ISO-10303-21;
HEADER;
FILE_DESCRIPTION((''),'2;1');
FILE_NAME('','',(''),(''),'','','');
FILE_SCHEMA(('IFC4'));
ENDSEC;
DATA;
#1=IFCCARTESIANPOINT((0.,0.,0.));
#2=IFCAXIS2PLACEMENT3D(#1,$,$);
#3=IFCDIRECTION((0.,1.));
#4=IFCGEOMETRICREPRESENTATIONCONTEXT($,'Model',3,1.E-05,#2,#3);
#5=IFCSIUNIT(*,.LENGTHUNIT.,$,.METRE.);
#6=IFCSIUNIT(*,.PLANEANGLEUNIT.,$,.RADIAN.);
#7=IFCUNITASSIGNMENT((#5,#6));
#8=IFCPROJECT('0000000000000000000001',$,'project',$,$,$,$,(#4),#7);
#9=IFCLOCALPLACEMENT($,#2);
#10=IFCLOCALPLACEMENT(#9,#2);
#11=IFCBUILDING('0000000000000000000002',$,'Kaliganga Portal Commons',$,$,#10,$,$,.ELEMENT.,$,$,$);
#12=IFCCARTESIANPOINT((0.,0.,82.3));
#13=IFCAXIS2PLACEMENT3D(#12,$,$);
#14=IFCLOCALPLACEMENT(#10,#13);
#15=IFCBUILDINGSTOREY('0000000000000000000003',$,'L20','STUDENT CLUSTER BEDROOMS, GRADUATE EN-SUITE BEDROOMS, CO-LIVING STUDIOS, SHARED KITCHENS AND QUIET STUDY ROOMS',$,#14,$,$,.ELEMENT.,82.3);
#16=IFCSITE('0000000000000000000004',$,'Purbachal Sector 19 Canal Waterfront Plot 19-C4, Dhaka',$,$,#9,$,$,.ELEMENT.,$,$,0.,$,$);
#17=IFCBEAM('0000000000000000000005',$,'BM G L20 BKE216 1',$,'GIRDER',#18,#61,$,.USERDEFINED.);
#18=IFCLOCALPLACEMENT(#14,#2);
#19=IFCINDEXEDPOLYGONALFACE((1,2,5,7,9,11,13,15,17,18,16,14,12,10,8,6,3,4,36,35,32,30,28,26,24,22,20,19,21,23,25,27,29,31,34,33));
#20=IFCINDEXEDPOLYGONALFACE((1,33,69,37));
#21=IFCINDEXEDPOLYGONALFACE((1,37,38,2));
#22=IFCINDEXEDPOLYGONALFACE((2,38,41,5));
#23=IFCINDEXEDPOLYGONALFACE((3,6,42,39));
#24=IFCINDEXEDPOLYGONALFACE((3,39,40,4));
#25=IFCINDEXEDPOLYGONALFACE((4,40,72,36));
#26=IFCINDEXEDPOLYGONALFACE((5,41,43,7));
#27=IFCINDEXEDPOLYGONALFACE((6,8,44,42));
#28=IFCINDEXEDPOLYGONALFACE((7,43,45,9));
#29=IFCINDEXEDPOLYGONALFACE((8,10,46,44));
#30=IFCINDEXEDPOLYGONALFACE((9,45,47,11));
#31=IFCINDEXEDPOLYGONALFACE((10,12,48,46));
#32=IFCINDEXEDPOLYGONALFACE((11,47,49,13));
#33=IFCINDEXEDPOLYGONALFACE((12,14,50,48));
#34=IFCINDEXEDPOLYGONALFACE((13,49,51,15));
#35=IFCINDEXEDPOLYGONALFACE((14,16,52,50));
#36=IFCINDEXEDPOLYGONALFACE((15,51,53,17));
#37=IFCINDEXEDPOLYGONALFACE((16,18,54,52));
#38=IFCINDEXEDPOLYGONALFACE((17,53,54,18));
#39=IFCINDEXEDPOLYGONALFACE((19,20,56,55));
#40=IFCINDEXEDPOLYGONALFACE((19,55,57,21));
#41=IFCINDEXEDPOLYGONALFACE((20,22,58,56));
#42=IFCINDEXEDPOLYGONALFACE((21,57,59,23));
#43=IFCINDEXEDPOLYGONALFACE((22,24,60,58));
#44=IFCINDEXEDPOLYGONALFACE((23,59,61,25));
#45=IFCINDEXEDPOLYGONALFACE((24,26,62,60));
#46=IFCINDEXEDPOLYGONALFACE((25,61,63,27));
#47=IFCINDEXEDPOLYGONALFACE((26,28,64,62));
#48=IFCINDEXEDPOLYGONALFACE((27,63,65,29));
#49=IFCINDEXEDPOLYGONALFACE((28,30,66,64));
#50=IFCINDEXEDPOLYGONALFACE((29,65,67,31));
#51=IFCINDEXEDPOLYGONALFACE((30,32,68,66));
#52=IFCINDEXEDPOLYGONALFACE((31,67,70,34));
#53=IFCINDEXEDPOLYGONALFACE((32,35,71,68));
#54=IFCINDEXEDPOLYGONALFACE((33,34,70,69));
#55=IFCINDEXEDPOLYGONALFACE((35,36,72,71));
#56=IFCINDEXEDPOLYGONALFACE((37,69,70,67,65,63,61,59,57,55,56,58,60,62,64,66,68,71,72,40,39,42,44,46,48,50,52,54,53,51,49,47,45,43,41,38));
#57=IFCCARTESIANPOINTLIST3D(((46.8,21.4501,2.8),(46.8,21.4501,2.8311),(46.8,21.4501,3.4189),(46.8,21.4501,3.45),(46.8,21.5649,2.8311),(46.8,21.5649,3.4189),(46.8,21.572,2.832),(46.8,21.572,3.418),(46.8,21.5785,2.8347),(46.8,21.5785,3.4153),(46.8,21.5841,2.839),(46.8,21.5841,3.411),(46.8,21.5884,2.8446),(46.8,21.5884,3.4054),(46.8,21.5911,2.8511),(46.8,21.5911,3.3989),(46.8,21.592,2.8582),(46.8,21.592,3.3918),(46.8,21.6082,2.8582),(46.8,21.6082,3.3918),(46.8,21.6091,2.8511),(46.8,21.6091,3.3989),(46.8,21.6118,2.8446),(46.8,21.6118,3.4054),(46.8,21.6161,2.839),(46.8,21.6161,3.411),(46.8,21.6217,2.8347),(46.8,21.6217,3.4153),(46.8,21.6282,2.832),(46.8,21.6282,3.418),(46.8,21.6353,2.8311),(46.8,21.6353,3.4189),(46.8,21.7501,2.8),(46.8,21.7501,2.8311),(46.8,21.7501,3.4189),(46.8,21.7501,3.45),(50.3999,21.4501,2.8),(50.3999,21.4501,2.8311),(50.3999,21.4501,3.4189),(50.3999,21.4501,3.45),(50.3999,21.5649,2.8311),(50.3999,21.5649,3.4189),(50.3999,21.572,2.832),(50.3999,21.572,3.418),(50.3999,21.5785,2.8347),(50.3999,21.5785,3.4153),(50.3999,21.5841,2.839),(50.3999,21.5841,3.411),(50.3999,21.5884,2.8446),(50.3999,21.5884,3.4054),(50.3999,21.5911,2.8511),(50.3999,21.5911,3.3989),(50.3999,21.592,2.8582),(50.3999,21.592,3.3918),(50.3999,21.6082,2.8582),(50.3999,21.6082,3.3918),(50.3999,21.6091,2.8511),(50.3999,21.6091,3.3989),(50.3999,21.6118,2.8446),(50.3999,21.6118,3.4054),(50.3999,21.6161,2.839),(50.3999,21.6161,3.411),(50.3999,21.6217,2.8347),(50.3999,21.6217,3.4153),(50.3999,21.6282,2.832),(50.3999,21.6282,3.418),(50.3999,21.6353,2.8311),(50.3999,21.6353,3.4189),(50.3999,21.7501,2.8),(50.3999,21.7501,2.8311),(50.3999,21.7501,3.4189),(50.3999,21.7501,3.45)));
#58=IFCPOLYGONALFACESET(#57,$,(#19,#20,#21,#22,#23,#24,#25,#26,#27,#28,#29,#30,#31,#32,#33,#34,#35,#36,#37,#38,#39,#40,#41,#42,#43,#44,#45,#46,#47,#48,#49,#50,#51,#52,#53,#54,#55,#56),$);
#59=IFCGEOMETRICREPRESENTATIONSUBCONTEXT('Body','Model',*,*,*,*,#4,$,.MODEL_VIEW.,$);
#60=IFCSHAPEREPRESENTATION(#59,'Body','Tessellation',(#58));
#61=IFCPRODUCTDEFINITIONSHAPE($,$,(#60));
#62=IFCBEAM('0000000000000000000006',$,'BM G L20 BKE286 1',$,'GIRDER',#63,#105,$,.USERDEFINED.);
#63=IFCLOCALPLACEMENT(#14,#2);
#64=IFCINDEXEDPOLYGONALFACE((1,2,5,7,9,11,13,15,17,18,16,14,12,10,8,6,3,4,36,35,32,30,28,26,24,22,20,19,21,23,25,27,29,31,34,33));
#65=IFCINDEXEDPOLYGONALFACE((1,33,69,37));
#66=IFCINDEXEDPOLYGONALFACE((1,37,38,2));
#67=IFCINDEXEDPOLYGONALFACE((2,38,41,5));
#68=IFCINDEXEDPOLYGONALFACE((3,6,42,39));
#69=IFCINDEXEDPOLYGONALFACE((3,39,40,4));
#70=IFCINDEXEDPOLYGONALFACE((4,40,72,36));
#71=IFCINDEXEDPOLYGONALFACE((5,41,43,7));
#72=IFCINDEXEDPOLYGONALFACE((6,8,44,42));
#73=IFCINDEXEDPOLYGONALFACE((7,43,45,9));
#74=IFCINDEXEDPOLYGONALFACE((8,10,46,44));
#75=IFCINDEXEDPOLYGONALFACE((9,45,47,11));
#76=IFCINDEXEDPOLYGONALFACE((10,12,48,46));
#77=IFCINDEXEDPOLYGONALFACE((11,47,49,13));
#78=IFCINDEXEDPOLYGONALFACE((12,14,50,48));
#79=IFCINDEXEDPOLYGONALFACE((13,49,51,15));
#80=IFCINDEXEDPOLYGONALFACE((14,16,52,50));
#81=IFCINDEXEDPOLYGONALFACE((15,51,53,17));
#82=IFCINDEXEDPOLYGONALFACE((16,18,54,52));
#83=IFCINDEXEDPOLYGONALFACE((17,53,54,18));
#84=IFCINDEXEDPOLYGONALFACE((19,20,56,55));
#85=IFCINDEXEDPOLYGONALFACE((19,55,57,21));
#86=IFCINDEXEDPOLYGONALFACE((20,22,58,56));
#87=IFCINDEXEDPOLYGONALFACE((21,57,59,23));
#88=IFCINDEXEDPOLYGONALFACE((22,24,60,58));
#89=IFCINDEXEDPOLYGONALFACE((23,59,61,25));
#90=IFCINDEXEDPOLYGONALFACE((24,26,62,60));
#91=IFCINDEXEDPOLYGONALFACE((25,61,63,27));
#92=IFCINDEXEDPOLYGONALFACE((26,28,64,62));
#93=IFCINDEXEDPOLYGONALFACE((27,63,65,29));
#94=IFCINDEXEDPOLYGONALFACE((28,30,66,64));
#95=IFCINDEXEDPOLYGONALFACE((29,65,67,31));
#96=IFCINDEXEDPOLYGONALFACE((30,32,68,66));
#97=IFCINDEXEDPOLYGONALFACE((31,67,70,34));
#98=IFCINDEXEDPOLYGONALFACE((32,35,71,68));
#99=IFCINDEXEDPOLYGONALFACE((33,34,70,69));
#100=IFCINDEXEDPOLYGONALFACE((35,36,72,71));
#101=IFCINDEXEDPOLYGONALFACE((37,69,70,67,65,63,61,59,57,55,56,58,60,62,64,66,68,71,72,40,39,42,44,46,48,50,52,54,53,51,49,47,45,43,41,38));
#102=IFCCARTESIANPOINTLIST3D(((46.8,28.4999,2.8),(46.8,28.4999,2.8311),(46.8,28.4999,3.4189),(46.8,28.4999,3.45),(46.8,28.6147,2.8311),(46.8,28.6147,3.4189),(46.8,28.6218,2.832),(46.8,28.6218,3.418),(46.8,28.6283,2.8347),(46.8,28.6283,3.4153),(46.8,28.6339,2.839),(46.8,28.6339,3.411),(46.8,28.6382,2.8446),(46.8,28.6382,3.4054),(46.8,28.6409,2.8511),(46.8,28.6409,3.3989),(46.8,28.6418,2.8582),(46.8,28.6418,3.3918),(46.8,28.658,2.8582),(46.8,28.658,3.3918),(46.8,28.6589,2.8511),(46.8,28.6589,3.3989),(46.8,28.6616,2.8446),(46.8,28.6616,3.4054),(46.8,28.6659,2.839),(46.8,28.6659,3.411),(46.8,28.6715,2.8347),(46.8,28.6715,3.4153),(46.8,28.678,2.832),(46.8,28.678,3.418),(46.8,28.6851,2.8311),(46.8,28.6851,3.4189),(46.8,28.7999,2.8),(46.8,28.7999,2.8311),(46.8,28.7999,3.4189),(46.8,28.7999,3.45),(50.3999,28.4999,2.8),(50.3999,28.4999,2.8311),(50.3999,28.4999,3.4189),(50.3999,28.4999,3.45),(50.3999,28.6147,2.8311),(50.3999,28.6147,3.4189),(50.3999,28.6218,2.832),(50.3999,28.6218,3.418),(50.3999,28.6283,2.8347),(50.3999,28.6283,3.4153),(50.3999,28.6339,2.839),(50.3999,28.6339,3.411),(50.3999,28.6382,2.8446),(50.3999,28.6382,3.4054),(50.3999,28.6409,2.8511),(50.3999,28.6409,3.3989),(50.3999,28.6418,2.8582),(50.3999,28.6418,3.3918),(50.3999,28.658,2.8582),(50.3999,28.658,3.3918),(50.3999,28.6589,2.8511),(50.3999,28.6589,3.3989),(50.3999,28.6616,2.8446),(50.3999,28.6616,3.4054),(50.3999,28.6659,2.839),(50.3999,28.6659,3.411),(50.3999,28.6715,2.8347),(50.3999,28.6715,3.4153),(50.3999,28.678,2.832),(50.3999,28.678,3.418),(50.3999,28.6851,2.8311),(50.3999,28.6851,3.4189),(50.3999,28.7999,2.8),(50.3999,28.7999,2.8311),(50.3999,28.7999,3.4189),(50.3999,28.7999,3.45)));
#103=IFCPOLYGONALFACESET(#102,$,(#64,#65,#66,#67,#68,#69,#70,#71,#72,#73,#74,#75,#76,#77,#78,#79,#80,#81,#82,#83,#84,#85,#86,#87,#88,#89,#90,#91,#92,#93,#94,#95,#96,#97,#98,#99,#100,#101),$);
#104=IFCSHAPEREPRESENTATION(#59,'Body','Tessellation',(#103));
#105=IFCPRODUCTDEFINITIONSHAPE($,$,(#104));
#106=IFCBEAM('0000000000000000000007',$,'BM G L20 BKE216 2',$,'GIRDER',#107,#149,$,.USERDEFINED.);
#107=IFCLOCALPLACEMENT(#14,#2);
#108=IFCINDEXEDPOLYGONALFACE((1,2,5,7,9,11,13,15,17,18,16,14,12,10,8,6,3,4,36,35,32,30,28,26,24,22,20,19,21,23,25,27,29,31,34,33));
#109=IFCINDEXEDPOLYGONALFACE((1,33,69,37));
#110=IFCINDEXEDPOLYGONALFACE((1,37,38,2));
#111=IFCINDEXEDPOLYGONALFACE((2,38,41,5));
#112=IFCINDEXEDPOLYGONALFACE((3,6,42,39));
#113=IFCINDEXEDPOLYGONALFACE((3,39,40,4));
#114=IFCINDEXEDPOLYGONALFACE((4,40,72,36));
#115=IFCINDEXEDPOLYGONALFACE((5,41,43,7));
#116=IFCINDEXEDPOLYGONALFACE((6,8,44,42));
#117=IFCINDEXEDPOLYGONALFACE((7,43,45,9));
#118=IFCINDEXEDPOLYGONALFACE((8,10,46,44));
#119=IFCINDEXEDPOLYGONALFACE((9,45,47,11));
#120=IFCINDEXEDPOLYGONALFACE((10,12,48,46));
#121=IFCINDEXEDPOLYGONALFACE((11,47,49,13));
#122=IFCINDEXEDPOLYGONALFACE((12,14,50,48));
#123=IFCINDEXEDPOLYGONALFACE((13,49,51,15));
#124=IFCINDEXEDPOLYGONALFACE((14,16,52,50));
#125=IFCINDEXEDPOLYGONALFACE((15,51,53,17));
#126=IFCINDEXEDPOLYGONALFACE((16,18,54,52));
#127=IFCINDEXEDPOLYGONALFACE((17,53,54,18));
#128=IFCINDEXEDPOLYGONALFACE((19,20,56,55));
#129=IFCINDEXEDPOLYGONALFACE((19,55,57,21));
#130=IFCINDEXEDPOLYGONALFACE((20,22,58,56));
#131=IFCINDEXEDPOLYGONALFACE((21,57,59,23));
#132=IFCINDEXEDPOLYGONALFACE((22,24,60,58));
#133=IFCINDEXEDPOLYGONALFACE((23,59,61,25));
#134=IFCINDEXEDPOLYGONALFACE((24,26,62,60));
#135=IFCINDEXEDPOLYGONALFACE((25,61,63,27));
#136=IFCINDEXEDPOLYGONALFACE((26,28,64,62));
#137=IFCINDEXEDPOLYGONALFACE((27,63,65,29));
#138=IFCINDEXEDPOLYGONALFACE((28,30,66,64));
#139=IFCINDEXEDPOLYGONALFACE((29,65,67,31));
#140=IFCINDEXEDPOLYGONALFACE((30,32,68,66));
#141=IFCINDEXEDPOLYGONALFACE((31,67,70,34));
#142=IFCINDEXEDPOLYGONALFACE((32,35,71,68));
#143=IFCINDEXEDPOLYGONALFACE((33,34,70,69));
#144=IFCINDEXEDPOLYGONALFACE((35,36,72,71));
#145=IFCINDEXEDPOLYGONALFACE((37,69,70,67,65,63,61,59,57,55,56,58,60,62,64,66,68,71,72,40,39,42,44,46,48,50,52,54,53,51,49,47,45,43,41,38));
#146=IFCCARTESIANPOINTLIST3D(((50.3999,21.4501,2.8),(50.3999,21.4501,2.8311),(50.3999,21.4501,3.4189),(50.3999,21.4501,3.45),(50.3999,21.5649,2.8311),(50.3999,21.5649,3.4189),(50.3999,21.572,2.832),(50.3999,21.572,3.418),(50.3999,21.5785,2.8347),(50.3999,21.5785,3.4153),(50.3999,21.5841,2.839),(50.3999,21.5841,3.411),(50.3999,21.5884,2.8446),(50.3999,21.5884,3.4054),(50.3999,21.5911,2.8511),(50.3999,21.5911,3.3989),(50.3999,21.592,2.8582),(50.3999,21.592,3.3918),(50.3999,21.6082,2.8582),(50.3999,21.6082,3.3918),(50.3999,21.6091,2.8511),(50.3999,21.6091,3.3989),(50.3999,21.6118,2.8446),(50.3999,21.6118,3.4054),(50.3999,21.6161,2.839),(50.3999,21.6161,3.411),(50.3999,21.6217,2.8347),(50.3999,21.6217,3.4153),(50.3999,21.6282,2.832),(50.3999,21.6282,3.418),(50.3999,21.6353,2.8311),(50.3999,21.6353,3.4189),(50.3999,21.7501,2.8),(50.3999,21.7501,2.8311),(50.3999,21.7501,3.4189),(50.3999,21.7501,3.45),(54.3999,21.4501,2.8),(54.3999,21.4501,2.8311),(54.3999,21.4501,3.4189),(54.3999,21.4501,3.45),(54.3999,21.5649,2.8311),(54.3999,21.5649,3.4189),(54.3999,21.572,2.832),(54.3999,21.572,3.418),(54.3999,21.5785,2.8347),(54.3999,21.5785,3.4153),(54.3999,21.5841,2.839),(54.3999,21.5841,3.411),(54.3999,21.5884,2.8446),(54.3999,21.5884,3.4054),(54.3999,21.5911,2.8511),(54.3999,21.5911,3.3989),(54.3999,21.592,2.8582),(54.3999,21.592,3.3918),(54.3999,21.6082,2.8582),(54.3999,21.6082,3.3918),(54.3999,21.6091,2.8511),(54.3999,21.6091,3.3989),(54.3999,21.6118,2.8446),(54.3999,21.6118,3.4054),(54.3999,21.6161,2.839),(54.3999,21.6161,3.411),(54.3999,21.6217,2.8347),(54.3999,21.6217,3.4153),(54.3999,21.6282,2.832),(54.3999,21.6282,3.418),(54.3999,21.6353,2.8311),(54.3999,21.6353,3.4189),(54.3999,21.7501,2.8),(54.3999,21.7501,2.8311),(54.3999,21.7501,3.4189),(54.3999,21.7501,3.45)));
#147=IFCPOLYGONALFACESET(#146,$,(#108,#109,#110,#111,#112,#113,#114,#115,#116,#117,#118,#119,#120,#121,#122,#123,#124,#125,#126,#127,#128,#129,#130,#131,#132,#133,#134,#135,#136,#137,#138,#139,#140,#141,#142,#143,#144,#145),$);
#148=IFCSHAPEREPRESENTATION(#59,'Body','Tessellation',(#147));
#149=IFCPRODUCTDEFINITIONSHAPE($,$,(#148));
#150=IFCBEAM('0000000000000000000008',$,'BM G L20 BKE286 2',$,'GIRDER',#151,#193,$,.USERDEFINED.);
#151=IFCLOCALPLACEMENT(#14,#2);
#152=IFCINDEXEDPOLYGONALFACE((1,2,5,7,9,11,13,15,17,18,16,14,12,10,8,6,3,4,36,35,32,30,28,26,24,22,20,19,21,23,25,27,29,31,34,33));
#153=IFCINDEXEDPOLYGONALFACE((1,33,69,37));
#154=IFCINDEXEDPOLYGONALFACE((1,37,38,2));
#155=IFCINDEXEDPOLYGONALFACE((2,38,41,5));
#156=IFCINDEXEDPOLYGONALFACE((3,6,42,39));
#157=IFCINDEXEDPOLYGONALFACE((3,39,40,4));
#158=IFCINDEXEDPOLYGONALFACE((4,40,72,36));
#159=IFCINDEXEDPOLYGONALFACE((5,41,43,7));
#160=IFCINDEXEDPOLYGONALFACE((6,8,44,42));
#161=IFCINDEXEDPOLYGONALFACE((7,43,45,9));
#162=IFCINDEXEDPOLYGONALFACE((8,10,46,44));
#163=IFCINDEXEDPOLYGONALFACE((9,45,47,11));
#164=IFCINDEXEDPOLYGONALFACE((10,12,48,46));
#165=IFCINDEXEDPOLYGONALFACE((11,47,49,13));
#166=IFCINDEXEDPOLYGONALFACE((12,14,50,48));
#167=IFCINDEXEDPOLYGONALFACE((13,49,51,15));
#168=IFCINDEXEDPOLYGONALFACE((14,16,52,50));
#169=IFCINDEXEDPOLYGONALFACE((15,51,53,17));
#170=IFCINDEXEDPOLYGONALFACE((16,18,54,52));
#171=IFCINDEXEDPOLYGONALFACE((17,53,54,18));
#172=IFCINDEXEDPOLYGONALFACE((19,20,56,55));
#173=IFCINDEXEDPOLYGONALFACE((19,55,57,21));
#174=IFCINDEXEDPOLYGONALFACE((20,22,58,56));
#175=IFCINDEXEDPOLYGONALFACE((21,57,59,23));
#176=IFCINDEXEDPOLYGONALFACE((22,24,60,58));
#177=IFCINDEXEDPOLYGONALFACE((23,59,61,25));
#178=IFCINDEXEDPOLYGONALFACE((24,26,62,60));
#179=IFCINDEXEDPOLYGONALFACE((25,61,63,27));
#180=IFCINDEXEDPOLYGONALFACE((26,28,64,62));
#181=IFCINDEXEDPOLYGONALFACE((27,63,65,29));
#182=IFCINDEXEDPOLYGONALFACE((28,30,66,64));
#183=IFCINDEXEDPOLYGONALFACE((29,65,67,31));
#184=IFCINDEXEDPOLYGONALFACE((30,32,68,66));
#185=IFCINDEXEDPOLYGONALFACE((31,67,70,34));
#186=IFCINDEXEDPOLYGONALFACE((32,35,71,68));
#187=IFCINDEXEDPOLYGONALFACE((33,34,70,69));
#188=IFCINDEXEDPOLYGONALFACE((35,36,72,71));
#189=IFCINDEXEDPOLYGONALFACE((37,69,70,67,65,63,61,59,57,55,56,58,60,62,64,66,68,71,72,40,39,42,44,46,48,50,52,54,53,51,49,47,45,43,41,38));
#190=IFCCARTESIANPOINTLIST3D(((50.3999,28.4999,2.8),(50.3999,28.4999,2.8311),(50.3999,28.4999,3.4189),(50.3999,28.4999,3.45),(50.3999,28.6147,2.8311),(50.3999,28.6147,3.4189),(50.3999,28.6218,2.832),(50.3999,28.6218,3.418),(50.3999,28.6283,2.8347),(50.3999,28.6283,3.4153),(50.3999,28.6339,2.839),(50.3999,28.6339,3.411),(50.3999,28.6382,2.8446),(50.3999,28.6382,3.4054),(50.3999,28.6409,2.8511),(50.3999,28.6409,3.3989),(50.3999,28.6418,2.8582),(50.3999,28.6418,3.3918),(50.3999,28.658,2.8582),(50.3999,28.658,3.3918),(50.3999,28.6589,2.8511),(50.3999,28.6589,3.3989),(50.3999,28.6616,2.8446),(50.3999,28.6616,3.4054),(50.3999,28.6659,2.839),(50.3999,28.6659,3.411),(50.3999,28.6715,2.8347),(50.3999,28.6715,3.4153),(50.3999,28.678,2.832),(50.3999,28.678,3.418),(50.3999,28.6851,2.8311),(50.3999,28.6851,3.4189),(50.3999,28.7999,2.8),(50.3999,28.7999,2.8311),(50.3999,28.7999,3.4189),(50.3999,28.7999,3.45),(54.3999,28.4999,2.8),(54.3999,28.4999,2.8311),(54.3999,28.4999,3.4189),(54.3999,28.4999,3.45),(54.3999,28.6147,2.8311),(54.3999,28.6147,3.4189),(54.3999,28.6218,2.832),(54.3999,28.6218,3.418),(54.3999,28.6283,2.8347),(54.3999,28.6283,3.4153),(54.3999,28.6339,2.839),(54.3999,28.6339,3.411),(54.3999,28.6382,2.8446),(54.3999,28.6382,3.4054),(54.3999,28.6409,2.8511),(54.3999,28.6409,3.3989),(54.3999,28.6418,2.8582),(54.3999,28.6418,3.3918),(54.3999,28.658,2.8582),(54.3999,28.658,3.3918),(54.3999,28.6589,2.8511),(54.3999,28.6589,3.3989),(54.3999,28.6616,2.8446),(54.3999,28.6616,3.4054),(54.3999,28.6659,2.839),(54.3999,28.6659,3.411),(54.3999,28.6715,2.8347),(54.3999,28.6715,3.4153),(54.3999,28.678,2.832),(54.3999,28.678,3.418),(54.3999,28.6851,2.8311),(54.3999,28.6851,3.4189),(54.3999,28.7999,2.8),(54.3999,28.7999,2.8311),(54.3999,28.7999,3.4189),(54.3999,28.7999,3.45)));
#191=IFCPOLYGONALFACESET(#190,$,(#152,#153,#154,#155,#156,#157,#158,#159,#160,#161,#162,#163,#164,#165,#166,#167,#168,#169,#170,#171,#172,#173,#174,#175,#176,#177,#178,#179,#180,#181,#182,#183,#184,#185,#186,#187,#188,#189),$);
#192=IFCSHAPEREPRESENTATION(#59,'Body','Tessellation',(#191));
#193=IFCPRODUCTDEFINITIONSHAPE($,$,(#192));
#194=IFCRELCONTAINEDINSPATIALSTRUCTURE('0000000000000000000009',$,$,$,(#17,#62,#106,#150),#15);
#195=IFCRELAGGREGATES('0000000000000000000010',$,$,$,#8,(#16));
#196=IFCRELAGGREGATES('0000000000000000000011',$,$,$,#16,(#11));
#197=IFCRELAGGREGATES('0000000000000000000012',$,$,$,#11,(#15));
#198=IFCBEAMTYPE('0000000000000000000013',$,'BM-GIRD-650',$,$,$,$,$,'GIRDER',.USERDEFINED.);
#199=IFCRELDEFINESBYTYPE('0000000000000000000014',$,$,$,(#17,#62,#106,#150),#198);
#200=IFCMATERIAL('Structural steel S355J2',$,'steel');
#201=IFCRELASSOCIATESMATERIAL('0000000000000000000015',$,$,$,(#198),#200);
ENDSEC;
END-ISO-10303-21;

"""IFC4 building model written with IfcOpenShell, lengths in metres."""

from ifc_helpers import new_model, si_unit, direction, frame, origin, origin_2d, place, context, subcontext, project, spatial, i_section, extrude, source, transform, mapped, material, material_profile, profile_set, type_object, element, save


model = new_model("IFC4")

# Units and contexts
model_context = context("Model", 3, precision=1e-05, world=origin(), true_north=direction((0.0, 1.0)))
body_context = subcontext(model_context, "Body", "Model", "MODEL_VIEW")
ifc_project = project(units=[si_unit("LENGTHUNIT", "METRE"), si_unit("PLANEANGLEUNIT", "RADIAN")], contexts=[model_context])

# Site, building, storey
site_placement = place(None, origin())
site = spatial("IfcSite", under=ifc_project, at=site_placement, Name="Purbachal Sector 19 Canal Waterfront Plot 19-C4, Dhaka", CompositionType="ELEMENT", RefElevation=0.0)
building_placement = place(site_placement, origin())
building = spatial("IfcBuilding", under=site, at=building_placement, Name="Kaliganga Portal Commons", CompositionType="ELEMENT")
storey_placement = place(building_placement, frame((0.0, 0.0, 82.3)))
storey = spatial("IfcBuildingStorey", under=building, at=storey_placement, Name="L20", Description="STUDENT CLUSTER BEDROOMS, GRADUATE EN-SUITE BEDROOMS, CO-LIVING STUDIOS, SHARED KITCHENS AND QUIET STUDY ROOMS", CompositionType="ELEMENT", Elevation=82.3)

# Beams
ifc_material_1 = material(Name="Structural steel S355J2", Category="steel")
ifc_material_profile_1 = material_profile(ifc_material_1, i_section(OverallWidth=0.3, OverallDepth=0.6499, WebThickness=0.0161, FlangeThickness=0.031, FilletRadius=0.0271, at=origin_2d()), Name="HE 650 B")
ifc_profile_set_1 = profile_set([ifc_material_profile_1], Name="Structural steel S355J2 wide-flange")
beam_type_1 = type_object("IfcBeamType", Name="BM-GIRD-650", ElementType="GIRDER", PredefinedType="USERDEFINED", material=ifc_profile_set_1)
shared_shape_1 = source(origin(), body_context, "Body", "SweptSolid", [
    extrude(i_section(OverallWidth=0.3, OverallDepth=0.6499, WebThickness=0.0161, FlangeThickness=0.031, FilletRadius=0.0271, at=origin_2d()), origin(), (0.0, 0.0, 1.0), 3.5999),
])
for number, where, z_axis, x_axis, name in (
    (1, (46.8, 21.6001, 3.125), (1.0, 0.0, 0.0), (0.0, 1.0, 0.0), "BM G L20 BKE216 1"),
    (2, (46.8, 28.6499, 3.125), (1.0, 0.0, 0.0), (0.0, 1.0, 0.0), "BM G L20 BKE286 1"),
):
    element("IfcBeam", number, at=place(storey_placement, frame(where, z_axis=z_axis, x_axis=x_axis)), inside=storey, type_object=beam_type_1, Name=name, ObjectType="GIRDER", PredefinedType="USERDEFINED", context=body_context, shape_type="MappedRepresentation", body=[
        mapped(shared_shape_1, transform((0.0, 0.0, 0.0), x_axis=(1.0, 0.0, 0.0), y_axis=(0.0, 1.0, 0.0), z_axis=(0.0, 0.0, 1.0), scale=1.0)),
    ])
shared_shape_2 = source(origin(), body_context, "Body", "SweptSolid", [
    extrude(i_section(OverallWidth=0.3, OverallDepth=0.6499, WebThickness=0.0161, FlangeThickness=0.031, FilletRadius=0.0271, at=origin_2d()), origin(), (0.0, 0.0, 1.0), 4.0),
])
for number, where, z_axis, x_axis, name in (
    (3, (50.3999, 21.6001, 3.125), (1.0, 0.0, 0.0), (0.0, 1.0, 0.0), "BM G L20 BKE216 2"),
    (4, (50.3999, 28.6499, 3.125), (1.0, 0.0, 0.0), (0.0, 1.0, 0.0), "BM G L20 BKE286 2"),
):
    element("IfcBeam", number, at=place(storey_placement, frame(where, z_axis=z_axis, x_axis=x_axis)), inside=storey, type_object=beam_type_1, Name=name, ObjectType="GIRDER", PredefinedType="USERDEFINED", context=body_context, shape_type="MappedRepresentation", body=[
        mapped(shared_shape_2, transform((0.0, 0.0, 0.0), x_axis=(1.0, 0.0, 0.0), y_axis=(0.0, 1.0, 0.0), z_axis=(0.0, 0.0, 1.0), scale=1.0)),
    ])

save(model, "model.ifc")
